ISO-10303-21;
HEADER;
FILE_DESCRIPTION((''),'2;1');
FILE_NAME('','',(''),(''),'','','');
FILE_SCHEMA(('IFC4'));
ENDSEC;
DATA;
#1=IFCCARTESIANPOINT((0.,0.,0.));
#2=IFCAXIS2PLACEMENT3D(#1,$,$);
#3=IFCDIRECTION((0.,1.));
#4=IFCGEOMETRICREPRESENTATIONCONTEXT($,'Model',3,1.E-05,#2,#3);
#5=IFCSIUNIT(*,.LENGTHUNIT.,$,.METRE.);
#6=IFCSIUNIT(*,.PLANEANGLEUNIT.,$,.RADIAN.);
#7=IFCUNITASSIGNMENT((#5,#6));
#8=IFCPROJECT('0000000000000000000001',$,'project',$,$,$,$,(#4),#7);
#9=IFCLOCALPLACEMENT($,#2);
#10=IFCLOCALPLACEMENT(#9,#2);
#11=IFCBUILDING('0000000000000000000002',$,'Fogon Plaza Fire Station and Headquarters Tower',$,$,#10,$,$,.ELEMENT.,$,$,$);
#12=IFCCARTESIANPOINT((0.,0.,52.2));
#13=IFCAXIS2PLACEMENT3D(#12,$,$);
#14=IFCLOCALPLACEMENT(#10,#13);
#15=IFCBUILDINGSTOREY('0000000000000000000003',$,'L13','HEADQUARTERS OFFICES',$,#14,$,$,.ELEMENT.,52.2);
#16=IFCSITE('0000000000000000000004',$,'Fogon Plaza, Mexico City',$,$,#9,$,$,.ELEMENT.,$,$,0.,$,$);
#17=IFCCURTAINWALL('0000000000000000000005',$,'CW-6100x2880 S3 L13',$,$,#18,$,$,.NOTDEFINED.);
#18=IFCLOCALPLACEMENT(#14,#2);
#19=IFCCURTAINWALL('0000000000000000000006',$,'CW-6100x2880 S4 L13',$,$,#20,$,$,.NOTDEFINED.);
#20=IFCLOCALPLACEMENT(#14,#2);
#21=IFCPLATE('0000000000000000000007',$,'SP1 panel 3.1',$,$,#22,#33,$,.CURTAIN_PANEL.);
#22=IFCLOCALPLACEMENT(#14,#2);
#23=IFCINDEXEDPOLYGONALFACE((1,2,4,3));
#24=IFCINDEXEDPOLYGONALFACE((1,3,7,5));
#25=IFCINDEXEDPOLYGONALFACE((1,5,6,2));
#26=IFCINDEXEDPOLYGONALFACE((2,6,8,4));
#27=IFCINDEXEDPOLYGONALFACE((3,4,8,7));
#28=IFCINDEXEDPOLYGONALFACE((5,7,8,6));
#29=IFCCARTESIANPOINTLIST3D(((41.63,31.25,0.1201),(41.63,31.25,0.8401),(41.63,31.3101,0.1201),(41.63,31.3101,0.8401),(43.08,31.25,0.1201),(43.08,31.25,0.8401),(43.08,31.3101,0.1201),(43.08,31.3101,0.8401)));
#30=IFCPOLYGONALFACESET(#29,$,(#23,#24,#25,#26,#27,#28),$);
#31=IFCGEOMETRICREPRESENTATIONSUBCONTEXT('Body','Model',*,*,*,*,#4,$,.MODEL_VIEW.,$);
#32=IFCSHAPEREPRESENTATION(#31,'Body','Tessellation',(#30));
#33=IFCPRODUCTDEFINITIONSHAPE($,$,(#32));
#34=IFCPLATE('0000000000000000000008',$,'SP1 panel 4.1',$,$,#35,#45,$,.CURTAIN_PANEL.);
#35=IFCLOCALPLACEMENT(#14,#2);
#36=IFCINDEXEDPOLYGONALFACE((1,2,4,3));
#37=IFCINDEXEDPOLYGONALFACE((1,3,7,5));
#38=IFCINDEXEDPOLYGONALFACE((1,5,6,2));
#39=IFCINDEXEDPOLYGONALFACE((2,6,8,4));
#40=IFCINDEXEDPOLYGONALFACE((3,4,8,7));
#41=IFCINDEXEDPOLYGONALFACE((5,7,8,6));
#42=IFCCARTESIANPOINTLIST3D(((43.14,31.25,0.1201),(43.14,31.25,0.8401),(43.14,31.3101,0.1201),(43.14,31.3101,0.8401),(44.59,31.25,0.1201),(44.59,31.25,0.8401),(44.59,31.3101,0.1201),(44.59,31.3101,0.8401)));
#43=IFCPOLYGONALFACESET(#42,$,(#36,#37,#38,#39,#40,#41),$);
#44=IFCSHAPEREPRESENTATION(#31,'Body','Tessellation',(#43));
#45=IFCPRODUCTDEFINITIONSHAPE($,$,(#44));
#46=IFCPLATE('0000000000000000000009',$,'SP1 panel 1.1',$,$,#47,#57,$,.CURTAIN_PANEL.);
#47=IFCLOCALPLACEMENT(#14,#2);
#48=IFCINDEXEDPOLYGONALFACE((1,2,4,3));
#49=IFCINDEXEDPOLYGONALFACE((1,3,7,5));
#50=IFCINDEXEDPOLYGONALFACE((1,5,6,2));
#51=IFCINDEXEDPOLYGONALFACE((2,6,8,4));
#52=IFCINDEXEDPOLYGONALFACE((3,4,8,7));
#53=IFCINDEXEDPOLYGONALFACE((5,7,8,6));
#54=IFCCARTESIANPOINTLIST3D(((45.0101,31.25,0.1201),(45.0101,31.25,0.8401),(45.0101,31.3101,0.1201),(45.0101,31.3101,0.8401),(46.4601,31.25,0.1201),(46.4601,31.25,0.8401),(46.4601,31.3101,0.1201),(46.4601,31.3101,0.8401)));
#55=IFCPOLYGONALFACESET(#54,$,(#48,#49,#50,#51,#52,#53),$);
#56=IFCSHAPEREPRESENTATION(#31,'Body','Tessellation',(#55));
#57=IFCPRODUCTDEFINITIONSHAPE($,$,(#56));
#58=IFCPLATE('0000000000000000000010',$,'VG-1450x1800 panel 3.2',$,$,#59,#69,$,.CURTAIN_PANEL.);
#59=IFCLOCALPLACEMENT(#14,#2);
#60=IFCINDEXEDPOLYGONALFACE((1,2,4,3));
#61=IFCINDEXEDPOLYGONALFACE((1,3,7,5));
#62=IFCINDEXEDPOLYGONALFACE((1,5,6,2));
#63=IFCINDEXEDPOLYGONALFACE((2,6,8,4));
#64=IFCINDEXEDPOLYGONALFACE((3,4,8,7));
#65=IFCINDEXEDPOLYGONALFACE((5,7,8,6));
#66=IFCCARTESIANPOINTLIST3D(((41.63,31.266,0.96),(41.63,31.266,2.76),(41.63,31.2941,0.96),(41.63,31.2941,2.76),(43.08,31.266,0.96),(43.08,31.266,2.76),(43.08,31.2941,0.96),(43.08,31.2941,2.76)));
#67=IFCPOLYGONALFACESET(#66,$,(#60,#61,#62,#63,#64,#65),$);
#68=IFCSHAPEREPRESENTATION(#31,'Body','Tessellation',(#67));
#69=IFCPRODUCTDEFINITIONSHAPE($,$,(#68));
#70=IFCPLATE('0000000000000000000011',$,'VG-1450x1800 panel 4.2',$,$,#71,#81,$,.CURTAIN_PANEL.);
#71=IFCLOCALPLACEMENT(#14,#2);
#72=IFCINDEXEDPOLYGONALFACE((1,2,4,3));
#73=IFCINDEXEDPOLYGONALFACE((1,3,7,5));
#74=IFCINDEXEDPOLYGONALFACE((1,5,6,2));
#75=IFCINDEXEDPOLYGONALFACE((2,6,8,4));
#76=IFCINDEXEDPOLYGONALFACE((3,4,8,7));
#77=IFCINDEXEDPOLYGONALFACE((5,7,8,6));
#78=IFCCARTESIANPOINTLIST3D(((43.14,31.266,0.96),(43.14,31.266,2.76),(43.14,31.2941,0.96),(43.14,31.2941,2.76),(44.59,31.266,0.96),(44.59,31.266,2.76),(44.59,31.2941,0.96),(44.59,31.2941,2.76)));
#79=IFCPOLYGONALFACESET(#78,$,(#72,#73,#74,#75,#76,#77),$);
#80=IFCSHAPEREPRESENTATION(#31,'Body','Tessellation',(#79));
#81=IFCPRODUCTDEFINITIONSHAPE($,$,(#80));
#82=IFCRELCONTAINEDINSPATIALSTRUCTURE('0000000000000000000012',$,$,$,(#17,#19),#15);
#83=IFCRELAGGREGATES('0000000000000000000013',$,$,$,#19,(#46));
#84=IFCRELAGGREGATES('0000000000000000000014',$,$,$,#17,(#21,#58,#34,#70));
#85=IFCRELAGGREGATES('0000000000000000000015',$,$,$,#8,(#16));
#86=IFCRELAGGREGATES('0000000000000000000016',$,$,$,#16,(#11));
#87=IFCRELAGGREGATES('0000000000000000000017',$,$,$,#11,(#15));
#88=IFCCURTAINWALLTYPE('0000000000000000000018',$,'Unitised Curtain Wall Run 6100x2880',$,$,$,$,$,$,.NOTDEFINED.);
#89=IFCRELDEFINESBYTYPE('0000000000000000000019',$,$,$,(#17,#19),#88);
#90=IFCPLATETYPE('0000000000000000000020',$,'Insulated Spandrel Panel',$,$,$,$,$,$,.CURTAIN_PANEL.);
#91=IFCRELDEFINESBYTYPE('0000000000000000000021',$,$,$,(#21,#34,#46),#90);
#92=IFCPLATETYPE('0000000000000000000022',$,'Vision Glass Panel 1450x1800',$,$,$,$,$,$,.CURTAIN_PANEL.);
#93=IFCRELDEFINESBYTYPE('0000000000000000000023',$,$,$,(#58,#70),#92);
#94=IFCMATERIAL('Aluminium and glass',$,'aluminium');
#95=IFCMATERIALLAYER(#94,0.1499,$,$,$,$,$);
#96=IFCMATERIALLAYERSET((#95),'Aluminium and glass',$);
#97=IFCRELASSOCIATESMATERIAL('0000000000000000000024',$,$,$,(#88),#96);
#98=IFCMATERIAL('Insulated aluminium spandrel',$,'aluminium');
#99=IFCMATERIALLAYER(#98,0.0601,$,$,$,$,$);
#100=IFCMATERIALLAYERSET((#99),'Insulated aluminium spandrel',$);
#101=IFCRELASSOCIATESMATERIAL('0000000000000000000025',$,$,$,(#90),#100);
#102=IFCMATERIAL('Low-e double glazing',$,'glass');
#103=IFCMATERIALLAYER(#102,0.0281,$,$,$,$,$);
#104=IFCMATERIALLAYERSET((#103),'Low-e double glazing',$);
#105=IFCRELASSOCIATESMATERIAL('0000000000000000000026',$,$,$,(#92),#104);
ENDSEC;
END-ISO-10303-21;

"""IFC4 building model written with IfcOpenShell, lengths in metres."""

from ifc_helpers import new_model, si_unit, direction, frame, origin, origin_2d, place, context, subcontext, project, spatial, rectangle, extrude, material, layer, layer_set, type_object, element, aggregate, save


model = new_model("IFC4")

# Units and contexts
model_context = context("Model", 3, precision=1e-05, world=origin(), true_north=direction((0.0, 1.0)))
body_context = subcontext(model_context, "Body", "Model", "MODEL_VIEW")
ifc_project = project(units=[si_unit("LENGTHUNIT", "METRE"), si_unit("PLANEANGLEUNIT", "RADIAN")], contexts=[model_context])

# Site, building, storey
site_placement = place(None, origin())
site = spatial("IfcSite", under=ifc_project, at=site_placement, Name="Fogon Plaza, Mexico City", CompositionType="ELEMENT", RefElevation=0.0)
building_placement = place(site_placement, origin())
building = spatial("IfcBuilding", under=site, at=building_placement, Name="Fogon Plaza Fire Station and Headquarters Tower", CompositionType="ELEMENT")
storey_placement = place(building_placement, frame((0.0, 0.0, 52.2)))
storey = spatial("IfcBuildingStorey", under=building, at=storey_placement, Name="L13", Description="HEADQUARTERS OFFICES", CompositionType="ELEMENT", Elevation=52.2)

# Curtain wall
ifc_material_1 = material(Name="Aluminium and glass", Category="aluminium")
ifc_layer_1 = layer(ifc_material_1, 0.1499)
ifc_layer_set_1 = layer_set([ifc_layer_1], Name="Aluminium and glass")
curtain_wall_type = type_object("IfcCurtainWallType", Name="Unitised Curtain Wall Run 6100x2880", PredefinedType="NOTDEFINED", material=ifc_layer_set_1)
curtain_wall_1_placement = place(storey_placement, origin())
curtain_wall_1 = element("IfcCurtainWall", 1, at=curtain_wall_1_placement, inside=storey, type_object=curtain_wall_type, Name="CW-6100x2880 S3 L13", PredefinedType="NOTDEFINED")

# Curtain wall
curtain_wall_2_placement = place(storey_placement, origin())
curtain_wall_2 = element("IfcCurtainWall", 2, at=curtain_wall_2_placement, inside=storey, type_object=curtain_wall_type, Name="CW-6100x2880 S4 L13", PredefinedType="NOTDEFINED")

# Plates
ifc_material_2 = material(Name="Insulated aluminium spandrel", Category="aluminium")
ifc_layer_2 = layer(ifc_material_2, 0.0601)
ifc_layer_set_2 = layer_set([ifc_layer_2], Name="Insulated aluminium spandrel")
plate_type_1 = type_object("IfcPlateType", Name="Insulated Spandrel Panel", PredefinedType="CURTAIN_PANEL", material=ifc_layer_set_2)
plate_1_placement = place(storey_placement, frame((42.355, 31.28, 0.1201), z_axis=(0.0, 0.0, 1.0), x_axis=(1.0, 0.0, 0.0)))
plate_1 = element("IfcPlate", 3, at=plate_1_placement, type_object=plate_type_1, Name="SP1 panel 3.1", PredefinedType="CURTAIN_PANEL", context=body_context, shape_type="SweptSolid", body=[
    extrude(rectangle(XDim=1.45, YDim=0.0601, at=origin_2d()), origin(), (0.0, 0.0, 1.0), 0.72),
])
plate_2_placement = place(storey_placement, frame((43.865, 31.28, 0.1201), z_axis=(0.0, 0.0, 1.0), x_axis=(1.0, 0.0, 0.0)))
plate_2 = element("IfcPlate", 4, at=plate_2_placement, type_object=plate_type_1, Name="SP1 panel 4.1", PredefinedType="CURTAIN_PANEL", context=body_context, shape_type="SweptSolid", body=[
    extrude(rectangle(XDim=1.45, YDim=0.0601, at=origin_2d()), origin(), (0.0, 0.0, 1.0), 0.72),
])
plate_3_placement = place(storey_placement, frame((45.7351, 31.28, 0.1201), z_axis=(0.0, 0.0, 1.0), x_axis=(1.0, 0.0, 0.0)))
plate_3 = element("IfcPlate", 5, at=plate_3_placement, type_object=plate_type_1, Name="SP1 panel 1.1", PredefinedType="CURTAIN_PANEL", context=body_context, shape_type="SweptSolid", body=[
    extrude(rectangle(XDim=1.45, YDim=0.0601, at=origin_2d()), origin(), (0.0, 0.0, 1.0), 0.72),
])
aggregate(curtain_wall_2, [plate_3])
ifc_material_3 = material(Name="Low-e double glazing", Category="glass")
ifc_layer_3 = layer(ifc_material_3, 0.0281)
ifc_layer_set_3 = layer_set([ifc_layer_3], Name="Low-e double glazing")
plate_type_2 = type_object("IfcPlateType", Name="Vision Glass Panel 1450x1800", PredefinedType="CURTAIN_PANEL", material=ifc_layer_set_3)
plate_4_placement = place(storey_placement, frame((42.355, 31.28, 0.96), z_axis=(0.0, 0.0, 1.0), x_axis=(1.0, 0.0, 0.0)))
plate_4 = element("IfcPlate", 6, at=plate_4_placement, type_object=plate_type_2, Name="VG-1450x1800 panel 3.2", PredefinedType="CURTAIN_PANEL", context=body_context, shape_type="SweptSolid", body=[
    extrude(rectangle(XDim=1.45, YDim=0.0281, at=origin_2d()), origin(), (0.0, 0.0, 1.0), 1.8),
])
plate_5_placement = place(storey_placement, frame((43.865, 31.28, 0.96), z_axis=(0.0, 0.0, 1.0), x_axis=(1.0, 0.0, 0.0)))
plate_5 = element("IfcPlate", 7, at=plate_5_placement, type_object=plate_type_2, Name="VG-1450x1800 panel 4.2", PredefinedType="CURTAIN_PANEL", context=body_context, shape_type="SweptSolid", body=[
    extrude(rectangle(XDim=1.45, YDim=0.0281, at=origin_2d()), origin(), (0.0, 0.0, 1.0), 1.8),
])
aggregate(curtain_wall_1, [plate_1, plate_4, plate_2, plate_5])

save(model, "model.ifc")
